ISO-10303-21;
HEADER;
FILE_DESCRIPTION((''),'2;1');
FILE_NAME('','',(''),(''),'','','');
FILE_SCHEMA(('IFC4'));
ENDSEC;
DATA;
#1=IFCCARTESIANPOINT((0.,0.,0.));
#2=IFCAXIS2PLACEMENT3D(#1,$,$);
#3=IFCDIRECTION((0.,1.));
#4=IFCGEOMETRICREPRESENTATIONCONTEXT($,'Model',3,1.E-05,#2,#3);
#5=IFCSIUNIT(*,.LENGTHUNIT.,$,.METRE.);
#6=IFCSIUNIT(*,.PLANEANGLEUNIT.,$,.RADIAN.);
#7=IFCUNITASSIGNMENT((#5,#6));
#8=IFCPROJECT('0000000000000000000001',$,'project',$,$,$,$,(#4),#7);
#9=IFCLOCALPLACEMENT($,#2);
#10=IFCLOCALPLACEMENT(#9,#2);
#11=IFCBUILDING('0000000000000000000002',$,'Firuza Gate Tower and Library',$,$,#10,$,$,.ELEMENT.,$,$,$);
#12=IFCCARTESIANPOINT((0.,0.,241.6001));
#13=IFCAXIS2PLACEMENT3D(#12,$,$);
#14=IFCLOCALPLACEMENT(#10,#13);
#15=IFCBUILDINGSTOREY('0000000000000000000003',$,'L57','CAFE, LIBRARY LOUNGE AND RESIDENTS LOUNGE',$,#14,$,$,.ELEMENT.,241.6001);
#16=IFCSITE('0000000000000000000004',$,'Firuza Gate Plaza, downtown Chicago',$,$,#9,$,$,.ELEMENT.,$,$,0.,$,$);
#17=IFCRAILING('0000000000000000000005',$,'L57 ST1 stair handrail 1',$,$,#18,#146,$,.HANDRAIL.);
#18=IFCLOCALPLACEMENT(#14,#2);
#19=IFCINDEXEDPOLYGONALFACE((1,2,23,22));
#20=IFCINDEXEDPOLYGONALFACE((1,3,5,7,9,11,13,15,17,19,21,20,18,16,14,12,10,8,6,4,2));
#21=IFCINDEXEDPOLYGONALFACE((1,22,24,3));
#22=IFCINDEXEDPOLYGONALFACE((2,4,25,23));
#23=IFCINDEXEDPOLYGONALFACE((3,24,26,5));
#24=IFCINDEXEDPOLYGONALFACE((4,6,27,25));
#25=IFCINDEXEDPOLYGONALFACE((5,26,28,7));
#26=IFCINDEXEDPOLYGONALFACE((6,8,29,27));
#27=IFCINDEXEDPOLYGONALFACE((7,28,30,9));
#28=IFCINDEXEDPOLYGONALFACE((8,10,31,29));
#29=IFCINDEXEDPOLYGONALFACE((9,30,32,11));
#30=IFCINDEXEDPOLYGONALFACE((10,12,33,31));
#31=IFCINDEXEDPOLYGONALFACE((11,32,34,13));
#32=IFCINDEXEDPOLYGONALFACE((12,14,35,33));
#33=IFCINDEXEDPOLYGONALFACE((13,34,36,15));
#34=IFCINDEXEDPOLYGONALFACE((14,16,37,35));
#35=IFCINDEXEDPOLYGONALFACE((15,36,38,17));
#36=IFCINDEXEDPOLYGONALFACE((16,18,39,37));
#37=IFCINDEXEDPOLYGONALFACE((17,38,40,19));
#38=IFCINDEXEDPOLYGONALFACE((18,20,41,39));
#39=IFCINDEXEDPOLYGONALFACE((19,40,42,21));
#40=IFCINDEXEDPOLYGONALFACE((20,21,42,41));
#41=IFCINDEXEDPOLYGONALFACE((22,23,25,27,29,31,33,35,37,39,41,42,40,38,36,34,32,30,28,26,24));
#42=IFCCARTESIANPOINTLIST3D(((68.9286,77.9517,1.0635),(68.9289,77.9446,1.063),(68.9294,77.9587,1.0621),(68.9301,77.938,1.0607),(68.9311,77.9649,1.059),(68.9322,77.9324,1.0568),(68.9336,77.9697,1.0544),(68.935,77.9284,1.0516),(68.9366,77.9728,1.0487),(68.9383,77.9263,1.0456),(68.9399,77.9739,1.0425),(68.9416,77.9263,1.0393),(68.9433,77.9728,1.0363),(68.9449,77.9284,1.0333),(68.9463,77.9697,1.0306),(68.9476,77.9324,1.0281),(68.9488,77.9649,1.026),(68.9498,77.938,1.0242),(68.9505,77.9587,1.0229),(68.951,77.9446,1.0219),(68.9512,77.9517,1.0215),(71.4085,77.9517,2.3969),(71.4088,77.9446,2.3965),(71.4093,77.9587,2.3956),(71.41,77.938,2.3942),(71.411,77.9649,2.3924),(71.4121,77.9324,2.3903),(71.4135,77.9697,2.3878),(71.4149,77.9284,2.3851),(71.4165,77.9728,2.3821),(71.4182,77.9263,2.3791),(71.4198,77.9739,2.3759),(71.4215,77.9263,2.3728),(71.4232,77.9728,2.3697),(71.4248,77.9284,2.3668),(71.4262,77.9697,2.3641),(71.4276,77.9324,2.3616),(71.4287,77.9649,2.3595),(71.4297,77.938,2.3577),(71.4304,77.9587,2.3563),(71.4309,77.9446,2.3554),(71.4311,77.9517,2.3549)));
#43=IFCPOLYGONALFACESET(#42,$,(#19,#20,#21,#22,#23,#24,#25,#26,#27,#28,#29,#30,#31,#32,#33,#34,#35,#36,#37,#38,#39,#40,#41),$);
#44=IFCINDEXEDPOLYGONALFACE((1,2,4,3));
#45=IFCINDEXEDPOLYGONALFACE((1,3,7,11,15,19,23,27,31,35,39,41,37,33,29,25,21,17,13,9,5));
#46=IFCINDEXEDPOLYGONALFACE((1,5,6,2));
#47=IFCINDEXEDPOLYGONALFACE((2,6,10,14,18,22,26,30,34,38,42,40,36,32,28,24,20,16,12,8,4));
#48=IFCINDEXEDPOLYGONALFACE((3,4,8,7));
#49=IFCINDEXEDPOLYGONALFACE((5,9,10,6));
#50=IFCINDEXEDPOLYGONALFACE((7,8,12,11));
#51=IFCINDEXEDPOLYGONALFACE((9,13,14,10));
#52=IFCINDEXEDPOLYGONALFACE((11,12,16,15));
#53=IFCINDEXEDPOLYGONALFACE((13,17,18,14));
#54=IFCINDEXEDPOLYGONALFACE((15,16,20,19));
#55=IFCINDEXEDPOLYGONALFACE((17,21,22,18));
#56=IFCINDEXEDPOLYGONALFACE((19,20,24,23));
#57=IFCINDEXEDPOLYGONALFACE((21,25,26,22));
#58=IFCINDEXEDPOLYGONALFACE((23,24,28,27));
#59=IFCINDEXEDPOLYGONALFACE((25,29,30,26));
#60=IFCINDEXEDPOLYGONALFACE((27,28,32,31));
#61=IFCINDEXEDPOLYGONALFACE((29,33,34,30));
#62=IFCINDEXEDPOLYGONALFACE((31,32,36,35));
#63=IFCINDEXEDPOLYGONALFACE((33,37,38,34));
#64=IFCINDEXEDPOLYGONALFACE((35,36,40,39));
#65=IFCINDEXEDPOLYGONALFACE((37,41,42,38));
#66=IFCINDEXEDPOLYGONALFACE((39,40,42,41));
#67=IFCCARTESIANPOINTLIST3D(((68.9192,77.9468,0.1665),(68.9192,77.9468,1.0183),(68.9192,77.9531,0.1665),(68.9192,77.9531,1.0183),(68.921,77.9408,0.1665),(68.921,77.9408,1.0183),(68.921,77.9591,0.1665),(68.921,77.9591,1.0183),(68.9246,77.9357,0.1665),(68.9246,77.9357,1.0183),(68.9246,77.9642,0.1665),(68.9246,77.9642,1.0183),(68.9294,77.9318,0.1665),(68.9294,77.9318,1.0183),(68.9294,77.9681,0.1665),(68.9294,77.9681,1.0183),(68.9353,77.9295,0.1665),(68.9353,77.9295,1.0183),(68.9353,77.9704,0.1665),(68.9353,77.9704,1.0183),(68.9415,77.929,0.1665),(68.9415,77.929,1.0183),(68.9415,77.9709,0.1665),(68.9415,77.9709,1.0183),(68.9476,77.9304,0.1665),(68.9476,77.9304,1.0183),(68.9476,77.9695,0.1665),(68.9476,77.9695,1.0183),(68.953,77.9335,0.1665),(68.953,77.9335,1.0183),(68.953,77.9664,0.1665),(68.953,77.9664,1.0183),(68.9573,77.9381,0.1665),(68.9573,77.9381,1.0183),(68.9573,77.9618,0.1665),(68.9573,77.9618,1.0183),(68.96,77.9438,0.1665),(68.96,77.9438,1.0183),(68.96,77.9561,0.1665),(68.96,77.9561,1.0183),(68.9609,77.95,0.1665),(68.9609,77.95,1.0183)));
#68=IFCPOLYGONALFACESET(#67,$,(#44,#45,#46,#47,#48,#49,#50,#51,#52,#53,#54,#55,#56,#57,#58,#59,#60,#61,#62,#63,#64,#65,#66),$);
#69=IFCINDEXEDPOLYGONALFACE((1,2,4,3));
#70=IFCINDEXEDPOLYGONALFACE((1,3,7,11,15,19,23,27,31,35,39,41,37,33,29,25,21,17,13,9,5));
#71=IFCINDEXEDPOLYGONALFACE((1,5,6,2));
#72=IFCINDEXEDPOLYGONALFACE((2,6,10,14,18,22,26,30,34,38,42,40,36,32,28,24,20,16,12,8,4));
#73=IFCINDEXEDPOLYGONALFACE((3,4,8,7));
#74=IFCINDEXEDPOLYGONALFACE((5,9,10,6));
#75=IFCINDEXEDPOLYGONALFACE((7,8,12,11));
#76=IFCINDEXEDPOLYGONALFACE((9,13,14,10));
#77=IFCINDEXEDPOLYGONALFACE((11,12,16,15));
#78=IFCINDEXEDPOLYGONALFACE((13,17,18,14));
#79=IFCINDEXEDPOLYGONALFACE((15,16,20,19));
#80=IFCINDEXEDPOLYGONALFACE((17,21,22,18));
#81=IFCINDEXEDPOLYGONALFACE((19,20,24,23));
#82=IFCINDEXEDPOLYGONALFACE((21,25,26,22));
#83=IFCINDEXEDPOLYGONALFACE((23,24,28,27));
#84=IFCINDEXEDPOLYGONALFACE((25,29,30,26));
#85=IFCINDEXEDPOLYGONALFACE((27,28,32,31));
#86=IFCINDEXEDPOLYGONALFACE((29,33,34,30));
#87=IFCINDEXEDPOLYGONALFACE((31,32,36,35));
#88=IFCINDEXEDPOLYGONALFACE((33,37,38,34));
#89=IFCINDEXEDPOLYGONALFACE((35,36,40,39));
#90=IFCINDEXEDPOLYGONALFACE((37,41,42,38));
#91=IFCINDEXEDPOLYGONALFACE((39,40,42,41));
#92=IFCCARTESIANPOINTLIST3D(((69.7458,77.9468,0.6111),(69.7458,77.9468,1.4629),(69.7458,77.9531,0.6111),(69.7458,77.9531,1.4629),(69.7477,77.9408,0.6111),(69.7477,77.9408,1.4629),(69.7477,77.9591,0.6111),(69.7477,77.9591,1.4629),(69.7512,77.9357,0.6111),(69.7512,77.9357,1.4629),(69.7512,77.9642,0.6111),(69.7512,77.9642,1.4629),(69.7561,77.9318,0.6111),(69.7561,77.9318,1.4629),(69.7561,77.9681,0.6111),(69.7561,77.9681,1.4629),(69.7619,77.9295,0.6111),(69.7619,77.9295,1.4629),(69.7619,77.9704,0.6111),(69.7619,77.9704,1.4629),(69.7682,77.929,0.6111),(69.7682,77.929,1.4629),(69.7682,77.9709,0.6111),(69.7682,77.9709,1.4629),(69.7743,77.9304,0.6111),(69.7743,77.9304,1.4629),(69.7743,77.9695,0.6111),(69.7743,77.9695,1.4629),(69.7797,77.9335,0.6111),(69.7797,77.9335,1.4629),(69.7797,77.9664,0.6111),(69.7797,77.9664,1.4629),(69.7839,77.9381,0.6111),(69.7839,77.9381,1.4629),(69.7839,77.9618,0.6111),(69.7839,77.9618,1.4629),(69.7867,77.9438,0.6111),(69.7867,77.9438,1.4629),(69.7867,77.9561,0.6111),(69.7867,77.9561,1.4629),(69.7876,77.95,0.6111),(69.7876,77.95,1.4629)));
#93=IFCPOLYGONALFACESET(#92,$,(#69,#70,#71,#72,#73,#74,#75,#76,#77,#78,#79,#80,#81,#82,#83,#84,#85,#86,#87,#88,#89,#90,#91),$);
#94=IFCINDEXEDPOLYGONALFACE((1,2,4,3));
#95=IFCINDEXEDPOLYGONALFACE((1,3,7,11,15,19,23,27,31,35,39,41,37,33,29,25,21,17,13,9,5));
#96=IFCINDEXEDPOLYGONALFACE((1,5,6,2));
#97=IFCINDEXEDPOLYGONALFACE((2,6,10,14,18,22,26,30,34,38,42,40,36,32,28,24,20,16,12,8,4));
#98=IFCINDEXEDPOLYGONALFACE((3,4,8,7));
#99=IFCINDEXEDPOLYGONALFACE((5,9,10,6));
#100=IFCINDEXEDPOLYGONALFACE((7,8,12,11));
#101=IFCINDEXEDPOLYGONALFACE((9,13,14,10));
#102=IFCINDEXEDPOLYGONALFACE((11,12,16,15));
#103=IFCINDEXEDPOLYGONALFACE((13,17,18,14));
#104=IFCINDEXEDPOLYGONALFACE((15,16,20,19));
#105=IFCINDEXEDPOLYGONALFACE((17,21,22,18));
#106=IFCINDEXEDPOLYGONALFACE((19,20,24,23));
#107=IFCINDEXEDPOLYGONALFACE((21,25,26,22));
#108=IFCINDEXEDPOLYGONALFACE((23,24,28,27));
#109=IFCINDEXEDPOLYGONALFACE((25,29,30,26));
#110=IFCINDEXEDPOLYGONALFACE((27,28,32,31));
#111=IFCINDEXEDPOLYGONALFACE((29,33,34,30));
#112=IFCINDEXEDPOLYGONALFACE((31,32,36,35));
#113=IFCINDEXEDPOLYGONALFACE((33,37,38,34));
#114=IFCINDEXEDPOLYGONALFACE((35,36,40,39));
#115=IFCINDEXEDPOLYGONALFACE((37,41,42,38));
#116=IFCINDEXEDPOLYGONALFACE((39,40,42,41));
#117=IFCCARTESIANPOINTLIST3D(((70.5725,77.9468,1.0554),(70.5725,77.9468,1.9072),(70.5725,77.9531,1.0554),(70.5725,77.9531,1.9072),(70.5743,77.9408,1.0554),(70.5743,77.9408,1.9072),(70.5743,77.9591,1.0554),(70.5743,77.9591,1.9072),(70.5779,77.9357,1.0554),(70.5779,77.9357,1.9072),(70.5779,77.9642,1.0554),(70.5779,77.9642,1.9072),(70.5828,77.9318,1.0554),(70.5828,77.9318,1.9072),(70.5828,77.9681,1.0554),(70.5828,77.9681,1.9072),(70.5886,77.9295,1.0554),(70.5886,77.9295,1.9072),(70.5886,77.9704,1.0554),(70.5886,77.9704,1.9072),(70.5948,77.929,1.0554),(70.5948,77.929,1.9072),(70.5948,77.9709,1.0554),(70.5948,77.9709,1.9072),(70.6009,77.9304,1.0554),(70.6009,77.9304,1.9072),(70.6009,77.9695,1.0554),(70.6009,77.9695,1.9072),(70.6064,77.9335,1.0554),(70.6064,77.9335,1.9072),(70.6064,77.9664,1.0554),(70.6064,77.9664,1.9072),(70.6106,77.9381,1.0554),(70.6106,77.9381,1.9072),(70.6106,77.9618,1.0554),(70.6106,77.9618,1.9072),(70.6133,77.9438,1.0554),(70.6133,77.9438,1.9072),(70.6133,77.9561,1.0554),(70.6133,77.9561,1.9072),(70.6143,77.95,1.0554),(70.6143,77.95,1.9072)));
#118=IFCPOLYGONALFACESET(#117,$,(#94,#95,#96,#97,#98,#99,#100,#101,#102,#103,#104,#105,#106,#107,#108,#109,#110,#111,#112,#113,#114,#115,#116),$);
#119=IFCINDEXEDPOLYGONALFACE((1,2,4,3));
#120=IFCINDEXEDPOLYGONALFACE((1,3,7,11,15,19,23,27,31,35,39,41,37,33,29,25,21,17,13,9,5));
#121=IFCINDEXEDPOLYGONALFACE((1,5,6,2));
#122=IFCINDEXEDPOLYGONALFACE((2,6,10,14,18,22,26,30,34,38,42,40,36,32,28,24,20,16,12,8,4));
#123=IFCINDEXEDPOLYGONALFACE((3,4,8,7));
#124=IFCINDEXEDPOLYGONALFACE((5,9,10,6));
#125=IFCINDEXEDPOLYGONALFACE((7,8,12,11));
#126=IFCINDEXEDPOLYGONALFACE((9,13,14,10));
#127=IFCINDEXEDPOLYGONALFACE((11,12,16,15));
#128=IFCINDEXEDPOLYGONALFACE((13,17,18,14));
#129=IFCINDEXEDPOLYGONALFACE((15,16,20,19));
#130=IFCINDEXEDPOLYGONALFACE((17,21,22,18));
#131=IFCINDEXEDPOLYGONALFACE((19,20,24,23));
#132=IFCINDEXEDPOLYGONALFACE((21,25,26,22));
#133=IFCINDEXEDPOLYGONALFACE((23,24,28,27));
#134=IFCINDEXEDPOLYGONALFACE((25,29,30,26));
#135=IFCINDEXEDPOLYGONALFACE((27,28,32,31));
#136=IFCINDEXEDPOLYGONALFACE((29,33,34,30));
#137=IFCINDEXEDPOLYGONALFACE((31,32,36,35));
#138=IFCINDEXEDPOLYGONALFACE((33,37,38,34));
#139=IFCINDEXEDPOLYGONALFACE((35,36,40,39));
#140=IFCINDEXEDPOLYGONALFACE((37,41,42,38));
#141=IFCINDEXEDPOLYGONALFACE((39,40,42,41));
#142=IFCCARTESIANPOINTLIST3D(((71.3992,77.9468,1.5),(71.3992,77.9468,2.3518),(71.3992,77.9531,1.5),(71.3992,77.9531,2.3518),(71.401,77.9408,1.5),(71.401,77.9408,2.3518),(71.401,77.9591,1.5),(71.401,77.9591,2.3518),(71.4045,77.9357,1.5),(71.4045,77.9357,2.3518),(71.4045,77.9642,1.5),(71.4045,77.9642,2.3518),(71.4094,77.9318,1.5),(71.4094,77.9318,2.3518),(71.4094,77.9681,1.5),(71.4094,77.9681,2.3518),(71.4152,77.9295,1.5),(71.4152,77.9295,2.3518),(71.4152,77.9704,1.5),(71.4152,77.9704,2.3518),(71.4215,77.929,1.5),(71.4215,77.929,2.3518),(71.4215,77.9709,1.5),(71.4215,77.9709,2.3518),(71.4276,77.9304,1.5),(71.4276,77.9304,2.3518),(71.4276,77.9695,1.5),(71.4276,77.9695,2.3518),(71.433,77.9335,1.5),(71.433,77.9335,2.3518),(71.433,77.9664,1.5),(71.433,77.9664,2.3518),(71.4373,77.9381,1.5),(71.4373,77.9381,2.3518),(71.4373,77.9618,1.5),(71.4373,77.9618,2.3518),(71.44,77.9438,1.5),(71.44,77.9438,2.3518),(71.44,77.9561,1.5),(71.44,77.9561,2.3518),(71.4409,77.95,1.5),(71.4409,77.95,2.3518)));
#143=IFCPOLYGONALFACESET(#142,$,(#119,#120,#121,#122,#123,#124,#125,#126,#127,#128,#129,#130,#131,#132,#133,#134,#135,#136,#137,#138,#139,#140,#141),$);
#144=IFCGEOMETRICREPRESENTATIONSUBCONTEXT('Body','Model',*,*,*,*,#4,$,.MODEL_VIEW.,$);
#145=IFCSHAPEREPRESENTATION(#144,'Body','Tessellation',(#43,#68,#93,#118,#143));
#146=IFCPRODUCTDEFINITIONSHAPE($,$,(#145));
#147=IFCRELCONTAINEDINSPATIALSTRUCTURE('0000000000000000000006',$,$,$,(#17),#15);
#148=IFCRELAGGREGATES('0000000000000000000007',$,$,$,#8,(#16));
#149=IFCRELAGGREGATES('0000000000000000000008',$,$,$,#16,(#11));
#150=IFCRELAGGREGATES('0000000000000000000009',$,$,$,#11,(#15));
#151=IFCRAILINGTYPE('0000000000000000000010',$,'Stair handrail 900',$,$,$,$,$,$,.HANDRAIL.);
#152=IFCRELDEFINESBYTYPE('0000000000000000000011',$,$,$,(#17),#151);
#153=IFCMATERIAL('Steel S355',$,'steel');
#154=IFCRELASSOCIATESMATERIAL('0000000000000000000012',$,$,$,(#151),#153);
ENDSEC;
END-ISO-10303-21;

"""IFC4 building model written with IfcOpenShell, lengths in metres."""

from ifc_helpers import new_model, si_unit, direction, frame, origin, origin_2d, place, context, subcontext, project, spatial, circle, extrude, material, type_object, element, save


model = new_model("IFC4")

# Units and contexts
model_context = context("Model", 3, precision=1e-05, world=origin(), true_north=direction((0.0, 1.0)))
body_context = subcontext(model_context, "Body", "Model", "MODEL_VIEW")
ifc_project = project(units=[si_unit("LENGTHUNIT", "METRE"), si_unit("PLANEANGLEUNIT", "RADIAN")], contexts=[model_context])

# Site, building, storey
site_placement = place(None, origin())
site = spatial("IfcSite", under=ifc_project, at=site_placement, Name="Firuza Gate Plaza, downtown Chicago", CompositionType="ELEMENT", RefElevation=0.0)
building_placement = place(site_placement, origin())
building = spatial("IfcBuilding", under=site, at=building_placement, Name="Firuza Gate Tower and Library", CompositionType="ELEMENT")
storey_placement = place(building_placement, frame((0.0, 0.0, 241.6001)))
storey = spatial("IfcBuildingStorey", under=building, at=storey_placement, Name="L57", Description="CAFE, LIBRARY LOUNGE AND RESIDENTS LOUNGE", CompositionType="ELEMENT", Elevation=241.6001)

# Railing
ifc_material_1 = material(Name="Steel S355", Category="steel")
railing_type_1 = type_object("IfcRailingType", Name="Stair handrail 900", PredefinedType="HANDRAIL", material=ifc_material_1)
railing_1_placement = place(storey_placement, frame((68.9399, 77.95, 0.1665)))
element("IfcRailing", 1, at=railing_1_placement, inside=storey, type_object=railing_type_1, Name="L57 ST1 stair handrail 1", PredefinedType="HANDRAIL", context=body_context, shape_type="SweptSolid", body=[
    extrude(circle(Radius=0.0239, at=origin_2d()), frame((0.0, 0.0, 0.876), z_axis=(0.880749, 0.0, 0.473583), x_axis=(0.0, 1.0, 0.0)), (0.0, 0.0, 1.0), 2.8157),
    extrude(circle(Radius=0.021, at=origin_2d()), origin(), (0.0, 0.0, 1.0), 0.8518),
    extrude(circle(Radius=0.021, at=origin_2d()), frame((0.8267, 0.0, 0.4446)), (0.0, 0.0, 1.0), 0.8518),
    extrude(circle(Radius=0.021, at=origin_2d()), frame((1.6533, 0.0, 0.8889)), (0.0, 0.0, 1.0), 0.8518),
    extrude(circle(Radius=0.021, at=origin_2d()), frame((2.48, 0.0, 1.3335)), (0.0, 0.0, 1.0), 0.8518),
])

save(model, "model.ifc")
